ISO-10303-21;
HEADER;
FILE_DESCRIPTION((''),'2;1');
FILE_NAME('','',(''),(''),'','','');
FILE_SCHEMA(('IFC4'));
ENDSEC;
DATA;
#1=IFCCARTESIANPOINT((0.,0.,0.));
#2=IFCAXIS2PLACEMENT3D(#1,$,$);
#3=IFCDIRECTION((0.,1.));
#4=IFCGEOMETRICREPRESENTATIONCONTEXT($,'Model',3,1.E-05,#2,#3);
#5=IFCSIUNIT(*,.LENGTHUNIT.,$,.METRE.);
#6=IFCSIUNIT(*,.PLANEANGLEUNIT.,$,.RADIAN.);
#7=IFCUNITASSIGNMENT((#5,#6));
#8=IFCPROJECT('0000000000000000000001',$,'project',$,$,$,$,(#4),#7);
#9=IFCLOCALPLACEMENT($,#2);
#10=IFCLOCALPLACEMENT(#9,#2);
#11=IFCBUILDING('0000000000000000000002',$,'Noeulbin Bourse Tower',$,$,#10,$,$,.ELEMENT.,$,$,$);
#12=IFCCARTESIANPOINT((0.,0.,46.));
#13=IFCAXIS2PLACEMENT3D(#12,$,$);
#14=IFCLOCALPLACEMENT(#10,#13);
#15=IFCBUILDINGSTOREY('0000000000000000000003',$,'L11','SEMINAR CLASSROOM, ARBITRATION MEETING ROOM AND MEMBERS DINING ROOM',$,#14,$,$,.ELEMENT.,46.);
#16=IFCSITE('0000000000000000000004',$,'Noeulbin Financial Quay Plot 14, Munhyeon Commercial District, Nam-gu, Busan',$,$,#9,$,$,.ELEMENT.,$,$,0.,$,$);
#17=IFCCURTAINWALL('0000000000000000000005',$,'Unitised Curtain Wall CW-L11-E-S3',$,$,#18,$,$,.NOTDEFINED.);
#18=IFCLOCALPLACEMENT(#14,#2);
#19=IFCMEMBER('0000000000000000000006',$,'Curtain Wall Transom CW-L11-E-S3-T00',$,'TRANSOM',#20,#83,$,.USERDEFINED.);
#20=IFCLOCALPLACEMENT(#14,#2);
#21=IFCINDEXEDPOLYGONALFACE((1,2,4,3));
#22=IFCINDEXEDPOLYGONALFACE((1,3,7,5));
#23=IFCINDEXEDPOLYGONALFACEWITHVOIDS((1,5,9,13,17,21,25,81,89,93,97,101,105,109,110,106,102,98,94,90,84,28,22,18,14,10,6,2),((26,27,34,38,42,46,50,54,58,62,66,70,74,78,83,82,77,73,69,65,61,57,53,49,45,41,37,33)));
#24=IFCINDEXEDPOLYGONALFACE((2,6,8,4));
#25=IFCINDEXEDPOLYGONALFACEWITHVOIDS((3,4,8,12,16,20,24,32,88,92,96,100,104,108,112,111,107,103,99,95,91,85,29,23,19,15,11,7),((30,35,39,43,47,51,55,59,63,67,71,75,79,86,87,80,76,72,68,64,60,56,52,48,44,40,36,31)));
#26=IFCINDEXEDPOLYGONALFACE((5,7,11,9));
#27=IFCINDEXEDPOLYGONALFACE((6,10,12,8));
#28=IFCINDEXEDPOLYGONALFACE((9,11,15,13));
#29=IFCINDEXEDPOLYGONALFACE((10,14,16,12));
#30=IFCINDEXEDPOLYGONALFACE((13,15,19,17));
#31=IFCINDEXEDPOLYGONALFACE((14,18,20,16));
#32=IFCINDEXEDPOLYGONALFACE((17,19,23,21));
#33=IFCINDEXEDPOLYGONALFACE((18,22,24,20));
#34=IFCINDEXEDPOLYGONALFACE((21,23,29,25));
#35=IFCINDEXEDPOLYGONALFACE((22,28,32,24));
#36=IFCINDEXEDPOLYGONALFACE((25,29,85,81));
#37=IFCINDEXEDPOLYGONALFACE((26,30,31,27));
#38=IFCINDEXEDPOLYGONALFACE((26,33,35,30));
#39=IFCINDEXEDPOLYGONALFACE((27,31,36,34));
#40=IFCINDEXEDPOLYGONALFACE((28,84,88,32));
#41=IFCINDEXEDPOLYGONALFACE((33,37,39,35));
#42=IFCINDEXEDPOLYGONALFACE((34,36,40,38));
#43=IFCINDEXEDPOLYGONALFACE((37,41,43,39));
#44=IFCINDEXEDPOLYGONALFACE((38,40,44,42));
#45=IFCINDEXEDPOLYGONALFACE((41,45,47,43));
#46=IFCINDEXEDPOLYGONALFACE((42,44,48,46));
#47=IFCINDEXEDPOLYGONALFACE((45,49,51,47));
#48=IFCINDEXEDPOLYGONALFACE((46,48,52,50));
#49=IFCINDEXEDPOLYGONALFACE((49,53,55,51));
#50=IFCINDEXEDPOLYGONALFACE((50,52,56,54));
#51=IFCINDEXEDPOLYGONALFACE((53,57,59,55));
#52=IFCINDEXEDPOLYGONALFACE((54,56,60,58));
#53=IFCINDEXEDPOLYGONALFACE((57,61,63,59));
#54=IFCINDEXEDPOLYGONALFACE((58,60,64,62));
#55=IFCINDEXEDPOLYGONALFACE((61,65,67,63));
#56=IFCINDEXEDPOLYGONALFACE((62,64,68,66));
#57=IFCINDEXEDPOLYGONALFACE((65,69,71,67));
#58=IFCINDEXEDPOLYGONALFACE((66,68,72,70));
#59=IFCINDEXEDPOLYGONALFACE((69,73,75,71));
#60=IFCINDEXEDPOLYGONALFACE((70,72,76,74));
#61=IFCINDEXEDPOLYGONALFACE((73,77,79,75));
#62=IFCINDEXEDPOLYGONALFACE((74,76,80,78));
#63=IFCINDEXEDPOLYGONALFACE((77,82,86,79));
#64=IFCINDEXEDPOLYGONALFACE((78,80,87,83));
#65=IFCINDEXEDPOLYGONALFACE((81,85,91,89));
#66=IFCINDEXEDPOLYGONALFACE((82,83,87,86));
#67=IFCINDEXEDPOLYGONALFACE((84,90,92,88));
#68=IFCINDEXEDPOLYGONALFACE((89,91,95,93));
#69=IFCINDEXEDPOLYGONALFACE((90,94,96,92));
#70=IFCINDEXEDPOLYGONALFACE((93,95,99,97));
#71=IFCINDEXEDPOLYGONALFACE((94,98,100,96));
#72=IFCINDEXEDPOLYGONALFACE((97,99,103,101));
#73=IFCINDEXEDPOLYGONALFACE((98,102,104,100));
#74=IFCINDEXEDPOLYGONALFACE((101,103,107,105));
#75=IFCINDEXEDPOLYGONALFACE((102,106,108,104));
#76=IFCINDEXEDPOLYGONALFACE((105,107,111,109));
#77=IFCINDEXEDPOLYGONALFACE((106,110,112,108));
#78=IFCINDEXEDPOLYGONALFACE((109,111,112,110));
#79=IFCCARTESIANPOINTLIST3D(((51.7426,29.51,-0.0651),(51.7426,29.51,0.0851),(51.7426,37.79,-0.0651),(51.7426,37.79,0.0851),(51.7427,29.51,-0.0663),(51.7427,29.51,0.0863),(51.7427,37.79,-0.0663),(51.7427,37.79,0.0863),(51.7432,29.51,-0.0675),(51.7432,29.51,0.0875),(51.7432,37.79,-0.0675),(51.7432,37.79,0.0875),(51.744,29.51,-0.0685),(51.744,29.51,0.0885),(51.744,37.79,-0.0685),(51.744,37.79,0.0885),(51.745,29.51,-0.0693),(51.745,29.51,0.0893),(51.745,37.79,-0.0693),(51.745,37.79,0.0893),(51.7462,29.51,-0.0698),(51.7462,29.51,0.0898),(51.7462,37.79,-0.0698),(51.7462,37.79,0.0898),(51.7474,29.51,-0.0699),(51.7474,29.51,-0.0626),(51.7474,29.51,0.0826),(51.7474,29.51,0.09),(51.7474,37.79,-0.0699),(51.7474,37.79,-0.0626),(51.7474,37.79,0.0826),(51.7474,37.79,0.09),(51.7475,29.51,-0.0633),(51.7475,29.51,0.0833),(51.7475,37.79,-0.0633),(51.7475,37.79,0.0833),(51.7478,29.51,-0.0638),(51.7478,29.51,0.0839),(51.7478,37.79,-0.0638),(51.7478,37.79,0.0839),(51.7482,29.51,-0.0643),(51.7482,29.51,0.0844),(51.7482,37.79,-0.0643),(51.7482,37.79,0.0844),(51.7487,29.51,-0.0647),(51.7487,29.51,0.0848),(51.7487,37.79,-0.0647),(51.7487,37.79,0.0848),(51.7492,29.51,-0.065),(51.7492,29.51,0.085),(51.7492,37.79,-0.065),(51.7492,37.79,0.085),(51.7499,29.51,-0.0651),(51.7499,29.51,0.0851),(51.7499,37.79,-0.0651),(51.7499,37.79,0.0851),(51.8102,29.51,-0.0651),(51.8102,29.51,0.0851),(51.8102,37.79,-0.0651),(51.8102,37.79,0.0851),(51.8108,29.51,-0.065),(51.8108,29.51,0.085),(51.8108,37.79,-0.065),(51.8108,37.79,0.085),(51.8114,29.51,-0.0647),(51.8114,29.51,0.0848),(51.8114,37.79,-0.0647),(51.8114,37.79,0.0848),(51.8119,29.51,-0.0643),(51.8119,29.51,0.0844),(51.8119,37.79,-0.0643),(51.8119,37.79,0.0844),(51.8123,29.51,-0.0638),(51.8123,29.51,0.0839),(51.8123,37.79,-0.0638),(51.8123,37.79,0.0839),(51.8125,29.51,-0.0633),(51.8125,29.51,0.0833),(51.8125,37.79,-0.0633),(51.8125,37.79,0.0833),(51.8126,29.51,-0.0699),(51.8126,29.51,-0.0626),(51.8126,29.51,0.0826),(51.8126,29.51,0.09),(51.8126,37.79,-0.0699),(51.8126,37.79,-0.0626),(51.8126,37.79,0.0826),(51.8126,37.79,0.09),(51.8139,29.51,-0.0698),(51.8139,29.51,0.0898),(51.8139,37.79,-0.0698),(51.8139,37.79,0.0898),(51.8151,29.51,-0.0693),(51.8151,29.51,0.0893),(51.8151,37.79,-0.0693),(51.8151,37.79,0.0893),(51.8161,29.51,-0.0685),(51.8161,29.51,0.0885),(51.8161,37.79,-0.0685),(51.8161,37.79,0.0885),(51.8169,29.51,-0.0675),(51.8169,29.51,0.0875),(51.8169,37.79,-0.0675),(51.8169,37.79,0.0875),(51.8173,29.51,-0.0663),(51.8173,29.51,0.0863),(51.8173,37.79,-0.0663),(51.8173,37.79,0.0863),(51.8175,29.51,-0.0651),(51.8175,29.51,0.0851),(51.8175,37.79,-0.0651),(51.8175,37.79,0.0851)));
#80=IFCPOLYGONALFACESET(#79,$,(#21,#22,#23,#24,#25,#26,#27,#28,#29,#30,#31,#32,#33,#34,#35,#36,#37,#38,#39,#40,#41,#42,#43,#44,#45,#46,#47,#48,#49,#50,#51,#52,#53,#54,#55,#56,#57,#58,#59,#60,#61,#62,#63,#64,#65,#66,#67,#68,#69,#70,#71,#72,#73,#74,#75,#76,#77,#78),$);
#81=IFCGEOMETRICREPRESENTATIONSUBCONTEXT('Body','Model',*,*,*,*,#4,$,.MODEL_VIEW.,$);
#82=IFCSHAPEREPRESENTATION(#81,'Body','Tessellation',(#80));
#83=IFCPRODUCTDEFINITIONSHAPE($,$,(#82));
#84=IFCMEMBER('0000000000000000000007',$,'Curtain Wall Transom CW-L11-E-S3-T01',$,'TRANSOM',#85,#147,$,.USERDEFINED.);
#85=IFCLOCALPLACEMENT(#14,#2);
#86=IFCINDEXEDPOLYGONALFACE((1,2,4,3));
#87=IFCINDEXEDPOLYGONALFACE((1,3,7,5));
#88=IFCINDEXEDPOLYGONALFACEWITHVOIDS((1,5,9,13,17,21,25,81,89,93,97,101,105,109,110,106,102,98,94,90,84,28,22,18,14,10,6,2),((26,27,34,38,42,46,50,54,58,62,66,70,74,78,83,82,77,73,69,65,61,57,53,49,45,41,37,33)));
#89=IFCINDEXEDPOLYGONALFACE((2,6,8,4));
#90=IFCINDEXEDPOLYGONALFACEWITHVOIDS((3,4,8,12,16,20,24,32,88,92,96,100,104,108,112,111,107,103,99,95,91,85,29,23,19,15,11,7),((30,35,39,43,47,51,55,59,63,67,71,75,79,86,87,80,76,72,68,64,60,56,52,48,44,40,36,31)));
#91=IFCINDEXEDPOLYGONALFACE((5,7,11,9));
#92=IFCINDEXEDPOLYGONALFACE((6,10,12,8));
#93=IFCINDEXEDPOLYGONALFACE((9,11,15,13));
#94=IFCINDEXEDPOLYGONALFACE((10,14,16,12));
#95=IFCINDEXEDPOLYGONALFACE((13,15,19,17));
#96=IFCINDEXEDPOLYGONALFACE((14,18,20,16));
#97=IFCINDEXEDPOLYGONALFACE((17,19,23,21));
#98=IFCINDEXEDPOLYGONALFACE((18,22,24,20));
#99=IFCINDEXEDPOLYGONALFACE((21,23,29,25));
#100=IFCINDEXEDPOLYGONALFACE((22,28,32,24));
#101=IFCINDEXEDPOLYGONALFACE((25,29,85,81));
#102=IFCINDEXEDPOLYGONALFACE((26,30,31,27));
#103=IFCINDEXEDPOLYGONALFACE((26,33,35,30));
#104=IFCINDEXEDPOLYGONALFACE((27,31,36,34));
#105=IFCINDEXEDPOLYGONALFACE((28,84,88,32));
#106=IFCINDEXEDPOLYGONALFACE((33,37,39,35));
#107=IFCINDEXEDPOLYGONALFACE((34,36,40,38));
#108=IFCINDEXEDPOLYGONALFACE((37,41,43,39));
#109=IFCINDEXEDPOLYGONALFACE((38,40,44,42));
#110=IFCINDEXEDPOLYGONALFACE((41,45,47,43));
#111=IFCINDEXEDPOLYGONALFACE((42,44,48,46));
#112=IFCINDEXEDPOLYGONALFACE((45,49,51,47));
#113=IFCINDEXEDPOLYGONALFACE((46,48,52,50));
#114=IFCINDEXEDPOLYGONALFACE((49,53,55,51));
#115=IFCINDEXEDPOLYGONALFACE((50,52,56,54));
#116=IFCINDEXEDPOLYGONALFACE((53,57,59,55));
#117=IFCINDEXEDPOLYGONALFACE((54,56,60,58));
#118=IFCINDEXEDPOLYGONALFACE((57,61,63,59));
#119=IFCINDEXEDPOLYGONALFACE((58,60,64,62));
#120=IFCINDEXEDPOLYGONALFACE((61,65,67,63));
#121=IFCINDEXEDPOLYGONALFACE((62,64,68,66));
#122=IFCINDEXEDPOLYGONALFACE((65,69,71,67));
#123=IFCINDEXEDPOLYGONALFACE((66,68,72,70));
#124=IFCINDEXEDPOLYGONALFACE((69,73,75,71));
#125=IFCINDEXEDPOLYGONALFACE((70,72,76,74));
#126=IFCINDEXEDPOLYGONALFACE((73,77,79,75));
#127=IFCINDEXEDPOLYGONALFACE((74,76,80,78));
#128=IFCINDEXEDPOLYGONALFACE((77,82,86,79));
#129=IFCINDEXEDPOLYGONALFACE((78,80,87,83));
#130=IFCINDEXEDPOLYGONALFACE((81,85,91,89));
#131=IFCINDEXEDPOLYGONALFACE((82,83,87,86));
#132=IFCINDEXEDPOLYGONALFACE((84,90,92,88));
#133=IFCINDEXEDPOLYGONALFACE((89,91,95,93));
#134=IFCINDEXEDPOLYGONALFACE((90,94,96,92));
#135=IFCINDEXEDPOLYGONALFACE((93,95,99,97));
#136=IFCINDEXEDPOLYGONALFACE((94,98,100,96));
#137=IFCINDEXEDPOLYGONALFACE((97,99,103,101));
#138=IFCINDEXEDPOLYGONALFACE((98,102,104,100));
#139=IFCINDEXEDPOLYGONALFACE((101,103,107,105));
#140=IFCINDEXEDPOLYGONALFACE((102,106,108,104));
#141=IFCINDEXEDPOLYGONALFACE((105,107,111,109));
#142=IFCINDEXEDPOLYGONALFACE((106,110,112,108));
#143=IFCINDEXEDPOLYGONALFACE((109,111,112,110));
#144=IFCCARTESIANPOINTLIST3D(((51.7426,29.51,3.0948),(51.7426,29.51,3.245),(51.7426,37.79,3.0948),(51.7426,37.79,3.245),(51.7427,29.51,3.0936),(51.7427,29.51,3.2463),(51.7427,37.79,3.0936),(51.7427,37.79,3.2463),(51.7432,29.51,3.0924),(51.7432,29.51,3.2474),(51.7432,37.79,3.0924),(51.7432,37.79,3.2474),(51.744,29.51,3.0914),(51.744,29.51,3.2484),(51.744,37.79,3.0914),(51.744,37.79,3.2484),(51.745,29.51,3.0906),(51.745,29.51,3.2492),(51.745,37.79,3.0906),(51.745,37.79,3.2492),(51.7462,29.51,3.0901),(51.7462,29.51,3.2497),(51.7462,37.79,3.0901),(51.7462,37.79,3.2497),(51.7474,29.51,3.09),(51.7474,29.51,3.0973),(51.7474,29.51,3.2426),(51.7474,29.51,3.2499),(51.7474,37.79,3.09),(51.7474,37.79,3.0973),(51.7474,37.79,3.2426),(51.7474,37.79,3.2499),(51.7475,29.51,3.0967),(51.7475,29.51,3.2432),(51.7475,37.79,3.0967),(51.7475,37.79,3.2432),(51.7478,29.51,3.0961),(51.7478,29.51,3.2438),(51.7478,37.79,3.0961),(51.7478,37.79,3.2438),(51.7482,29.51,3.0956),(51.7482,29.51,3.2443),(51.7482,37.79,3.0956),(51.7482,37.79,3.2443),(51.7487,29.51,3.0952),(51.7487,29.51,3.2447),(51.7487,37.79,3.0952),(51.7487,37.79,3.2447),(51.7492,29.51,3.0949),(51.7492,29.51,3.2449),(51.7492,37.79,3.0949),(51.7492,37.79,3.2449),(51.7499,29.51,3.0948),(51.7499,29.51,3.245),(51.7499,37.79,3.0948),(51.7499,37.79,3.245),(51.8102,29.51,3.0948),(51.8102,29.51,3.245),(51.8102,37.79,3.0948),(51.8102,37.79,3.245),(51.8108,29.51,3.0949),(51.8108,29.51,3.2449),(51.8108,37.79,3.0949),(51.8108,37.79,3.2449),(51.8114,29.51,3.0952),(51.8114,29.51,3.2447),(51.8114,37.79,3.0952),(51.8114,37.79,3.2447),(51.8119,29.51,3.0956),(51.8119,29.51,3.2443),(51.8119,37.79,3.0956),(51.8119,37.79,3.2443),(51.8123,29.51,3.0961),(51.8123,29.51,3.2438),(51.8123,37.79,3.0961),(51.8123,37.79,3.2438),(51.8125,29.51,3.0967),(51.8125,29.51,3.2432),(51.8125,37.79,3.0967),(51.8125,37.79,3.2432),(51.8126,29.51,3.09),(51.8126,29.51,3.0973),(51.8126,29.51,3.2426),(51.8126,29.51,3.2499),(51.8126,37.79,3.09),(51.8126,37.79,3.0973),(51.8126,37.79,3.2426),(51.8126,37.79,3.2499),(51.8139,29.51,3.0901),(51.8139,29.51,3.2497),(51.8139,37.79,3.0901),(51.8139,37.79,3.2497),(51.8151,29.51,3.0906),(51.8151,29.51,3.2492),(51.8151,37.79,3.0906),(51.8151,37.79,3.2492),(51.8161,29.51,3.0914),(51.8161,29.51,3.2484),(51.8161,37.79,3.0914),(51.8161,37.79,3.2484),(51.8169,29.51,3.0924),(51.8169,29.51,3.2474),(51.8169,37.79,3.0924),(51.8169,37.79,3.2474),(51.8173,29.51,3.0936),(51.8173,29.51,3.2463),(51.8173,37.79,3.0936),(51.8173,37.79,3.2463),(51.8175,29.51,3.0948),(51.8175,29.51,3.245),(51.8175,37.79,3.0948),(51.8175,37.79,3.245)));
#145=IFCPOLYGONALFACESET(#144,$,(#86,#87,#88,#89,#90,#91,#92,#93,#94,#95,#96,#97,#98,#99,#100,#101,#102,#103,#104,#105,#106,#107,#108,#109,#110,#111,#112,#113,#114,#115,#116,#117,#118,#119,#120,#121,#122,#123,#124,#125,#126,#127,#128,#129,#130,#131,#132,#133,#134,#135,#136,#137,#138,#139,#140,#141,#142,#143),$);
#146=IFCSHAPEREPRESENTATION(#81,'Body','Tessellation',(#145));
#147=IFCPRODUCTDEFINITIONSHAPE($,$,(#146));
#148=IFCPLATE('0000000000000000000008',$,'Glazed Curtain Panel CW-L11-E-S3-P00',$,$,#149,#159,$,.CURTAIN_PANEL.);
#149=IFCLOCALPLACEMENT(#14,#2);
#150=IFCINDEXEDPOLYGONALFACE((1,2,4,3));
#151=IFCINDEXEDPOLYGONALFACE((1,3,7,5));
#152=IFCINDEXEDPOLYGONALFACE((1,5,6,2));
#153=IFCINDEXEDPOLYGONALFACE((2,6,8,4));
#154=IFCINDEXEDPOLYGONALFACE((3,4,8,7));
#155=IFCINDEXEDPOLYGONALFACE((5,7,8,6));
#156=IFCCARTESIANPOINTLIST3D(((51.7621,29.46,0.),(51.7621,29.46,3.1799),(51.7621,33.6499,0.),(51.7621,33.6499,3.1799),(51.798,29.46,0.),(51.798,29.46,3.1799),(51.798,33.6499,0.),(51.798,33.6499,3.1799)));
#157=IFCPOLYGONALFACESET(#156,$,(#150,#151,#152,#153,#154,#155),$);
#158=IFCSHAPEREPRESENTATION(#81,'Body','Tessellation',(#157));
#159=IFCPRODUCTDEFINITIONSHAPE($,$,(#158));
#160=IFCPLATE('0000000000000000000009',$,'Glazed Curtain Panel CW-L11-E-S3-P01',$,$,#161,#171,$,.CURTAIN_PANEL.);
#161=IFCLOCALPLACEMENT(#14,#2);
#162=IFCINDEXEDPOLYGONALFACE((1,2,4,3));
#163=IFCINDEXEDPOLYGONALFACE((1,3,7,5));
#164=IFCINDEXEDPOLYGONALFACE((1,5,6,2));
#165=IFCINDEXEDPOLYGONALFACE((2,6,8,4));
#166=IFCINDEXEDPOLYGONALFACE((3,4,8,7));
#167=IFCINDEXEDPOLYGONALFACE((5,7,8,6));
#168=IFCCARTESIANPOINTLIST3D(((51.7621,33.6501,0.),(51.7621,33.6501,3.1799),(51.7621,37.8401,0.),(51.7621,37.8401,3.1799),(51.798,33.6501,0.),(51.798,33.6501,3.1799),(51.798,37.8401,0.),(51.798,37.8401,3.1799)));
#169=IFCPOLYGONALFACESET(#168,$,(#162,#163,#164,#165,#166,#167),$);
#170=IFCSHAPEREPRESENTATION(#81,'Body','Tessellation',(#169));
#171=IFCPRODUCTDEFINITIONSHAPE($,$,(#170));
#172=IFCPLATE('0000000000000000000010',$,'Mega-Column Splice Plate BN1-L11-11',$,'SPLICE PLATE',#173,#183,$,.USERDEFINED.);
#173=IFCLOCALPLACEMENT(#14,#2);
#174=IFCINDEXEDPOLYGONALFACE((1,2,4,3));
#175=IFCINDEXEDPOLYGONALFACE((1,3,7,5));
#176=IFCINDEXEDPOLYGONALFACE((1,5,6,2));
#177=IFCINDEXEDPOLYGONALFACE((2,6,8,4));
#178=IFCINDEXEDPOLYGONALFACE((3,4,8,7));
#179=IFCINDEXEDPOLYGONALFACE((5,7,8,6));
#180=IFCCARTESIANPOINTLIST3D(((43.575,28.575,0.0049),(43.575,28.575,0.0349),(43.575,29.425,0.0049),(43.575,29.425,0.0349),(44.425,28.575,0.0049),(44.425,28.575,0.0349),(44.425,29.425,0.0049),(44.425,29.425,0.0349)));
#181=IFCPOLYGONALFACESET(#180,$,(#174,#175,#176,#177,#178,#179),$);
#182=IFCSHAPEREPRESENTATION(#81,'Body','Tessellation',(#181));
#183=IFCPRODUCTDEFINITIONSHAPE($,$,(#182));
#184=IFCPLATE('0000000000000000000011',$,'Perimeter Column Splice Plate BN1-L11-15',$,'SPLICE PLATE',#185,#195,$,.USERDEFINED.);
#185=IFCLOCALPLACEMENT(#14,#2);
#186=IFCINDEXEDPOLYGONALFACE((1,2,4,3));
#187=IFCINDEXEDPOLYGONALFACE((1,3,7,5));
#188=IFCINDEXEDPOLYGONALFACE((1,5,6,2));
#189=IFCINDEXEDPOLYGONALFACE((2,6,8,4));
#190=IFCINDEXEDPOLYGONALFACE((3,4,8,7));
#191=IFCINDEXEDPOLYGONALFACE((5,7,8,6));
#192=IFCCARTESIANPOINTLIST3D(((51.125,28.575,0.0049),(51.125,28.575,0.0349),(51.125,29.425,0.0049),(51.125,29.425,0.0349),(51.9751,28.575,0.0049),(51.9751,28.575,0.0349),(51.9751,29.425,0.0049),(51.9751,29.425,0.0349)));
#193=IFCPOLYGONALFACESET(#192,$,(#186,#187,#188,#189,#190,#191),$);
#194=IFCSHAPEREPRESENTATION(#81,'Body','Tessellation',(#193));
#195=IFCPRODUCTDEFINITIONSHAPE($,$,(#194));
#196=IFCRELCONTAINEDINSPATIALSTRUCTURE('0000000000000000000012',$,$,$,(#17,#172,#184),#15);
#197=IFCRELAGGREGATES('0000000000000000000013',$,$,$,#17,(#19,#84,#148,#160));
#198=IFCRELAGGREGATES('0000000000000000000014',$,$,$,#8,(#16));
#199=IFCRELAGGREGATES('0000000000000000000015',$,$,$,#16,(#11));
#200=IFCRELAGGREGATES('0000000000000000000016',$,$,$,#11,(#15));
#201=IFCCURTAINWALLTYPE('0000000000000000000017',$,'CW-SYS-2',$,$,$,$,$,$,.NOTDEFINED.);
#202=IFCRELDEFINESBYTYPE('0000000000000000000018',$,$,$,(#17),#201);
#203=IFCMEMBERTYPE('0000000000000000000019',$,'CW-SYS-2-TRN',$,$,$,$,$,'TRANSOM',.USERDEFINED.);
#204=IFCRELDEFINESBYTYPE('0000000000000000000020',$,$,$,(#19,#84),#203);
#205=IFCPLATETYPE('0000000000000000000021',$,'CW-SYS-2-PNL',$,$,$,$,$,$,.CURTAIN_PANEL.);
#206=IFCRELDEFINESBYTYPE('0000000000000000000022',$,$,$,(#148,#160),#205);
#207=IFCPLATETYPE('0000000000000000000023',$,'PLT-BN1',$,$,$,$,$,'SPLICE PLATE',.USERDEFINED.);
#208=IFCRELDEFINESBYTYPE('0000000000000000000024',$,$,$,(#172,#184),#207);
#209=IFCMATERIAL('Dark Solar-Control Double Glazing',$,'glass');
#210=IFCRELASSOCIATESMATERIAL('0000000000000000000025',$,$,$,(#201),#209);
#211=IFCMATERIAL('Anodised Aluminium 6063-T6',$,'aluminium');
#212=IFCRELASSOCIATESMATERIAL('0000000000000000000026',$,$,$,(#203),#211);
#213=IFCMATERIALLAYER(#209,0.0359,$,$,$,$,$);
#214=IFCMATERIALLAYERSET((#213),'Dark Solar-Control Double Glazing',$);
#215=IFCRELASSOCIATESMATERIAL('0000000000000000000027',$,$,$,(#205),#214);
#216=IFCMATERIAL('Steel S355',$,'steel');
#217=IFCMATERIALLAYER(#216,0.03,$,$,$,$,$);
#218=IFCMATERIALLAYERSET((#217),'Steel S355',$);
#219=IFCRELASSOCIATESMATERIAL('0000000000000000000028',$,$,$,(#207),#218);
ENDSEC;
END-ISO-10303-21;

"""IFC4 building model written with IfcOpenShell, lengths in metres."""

from ifc_helpers import new_model, si_unit, direction, frame, origin, origin_2d, place, context, subcontext, project, spatial, rectangle, hollow_rectangle, extrude, material, layer, layer_set, material_profile, profile_set, type_object, element, aggregate, save


model = new_model("IFC4")

# Units and contexts
model_context = context("Model", 3, precision=1e-05, world=origin(), true_north=direction((0.0, 1.0)))
body_context = subcontext(model_context, "Body", "Model", "MODEL_VIEW")
ifc_project = project(units=[si_unit("LENGTHUNIT", "METRE"), si_unit("PLANEANGLEUNIT", "RADIAN")], contexts=[model_context])

# Site, building, storey
site_placement = place(None, origin())
site = spatial("IfcSite", under=ifc_project, at=site_placement, Name="Noeulbin Financial Quay Plot 14, Munhyeon Commercial District, Nam-gu, Busan", CompositionType="ELEMENT", RefElevation=0.0)
building_placement = place(site_placement, origin())
building = spatial("IfcBuilding", under=site, at=building_placement, Name="Noeulbin Bourse Tower", CompositionType="ELEMENT")
storey_placement = place(building_placement, frame((0.0, 0.0, 46.0)))
storey = spatial("IfcBuildingStorey", under=building, at=storey_placement, Name="L11", Description="SEMINAR CLASSROOM, ARBITRATION MEETING ROOM AND MEMBERS DINING ROOM", CompositionType="ELEMENT", Elevation=46.0)

# Shared definitions
ifc_material_1 = material(Name="Steel S355", Category="steel")

# Curtain wall, members, plates
ifc_material_2 = material(Name="Dark Solar-Control Double Glazing", Category="glass")
curtain_wall_type = type_object("IfcCurtainWallType", Name="CW-SYS-2", PredefinedType="NOTDEFINED", material=ifc_material_2)
curtain_wall_placement = place(storey_placement, origin())
curtain_wall = element("IfcCurtainWall", 1, at=curtain_wall_placement, inside=storey, type_object=curtain_wall_type, Name="Unitised Curtain Wall CW-L11-E-S3", PredefinedType="NOTDEFINED")
ifc_material_3 = material(Name="Anodised Aluminium 6063-T6", Category="aluminium")
ifc_material_profile_1 = material_profile(ifc_material_3, hollow_rectangle(XDim=0.075, YDim=0.1599, WallThickness=0.0049, InnerFilletRadius=0.0024, OuterFilletRadius=0.0049, at=origin_2d()), Name="ALU-TRAN-75x160x5", Category="LoadBearing")
ifc_profile_set_1 = profile_set([ifc_material_profile_1], Name="Anodised Aluminium 6063-T6")
member_type_1 = type_object("IfcMemberType", Name="CW-SYS-2-TRN", ElementType="TRANSOM", PredefinedType="USERDEFINED", material=ifc_profile_set_1)
member_1_placement = place(storey_placement, frame((51.78, 29.51, 0.01), z_axis=(0.0, 1.0, 0.0), x_axis=(-1.0, 0.0, 0.0)))
member_1 = element("IfcMember", 2, at=member_1_placement, type_object=member_type_1, Name="Curtain Wall Transom CW-L11-E-S3-T00", ObjectType="TRANSOM", PredefinedType="USERDEFINED", context=body_context, shape_type="SweptSolid", body=[
    extrude(hollow_rectangle(XDim=0.075, YDim=0.1599, WallThickness=0.0049, InnerFilletRadius=0.0024, OuterFilletRadius=0.0049, at=origin_2d()), origin(), (0.0, 0.0, 1.0), 8.28),
])
member_2_placement = place(storey_placement, frame((51.78, 29.51, 3.1699), z_axis=(0.0, 1.0, 0.0), x_axis=(-1.0, 0.0, 0.0)))
member_2 = element("IfcMember", 3, at=member_2_placement, type_object=member_type_1, Name="Curtain Wall Transom CW-L11-E-S3-T01", ObjectType="TRANSOM", PredefinedType="USERDEFINED", context=body_context, shape_type="SweptSolid", body=[
    extrude(hollow_rectangle(XDim=0.075, YDim=0.1599, WallThickness=0.0049, InnerFilletRadius=0.0024, OuterFilletRadius=0.0049, at=origin_2d()), origin(), (0.0, 0.0, 1.0), 8.28),
])
ifc_layer_1 = layer(ifc_material_2, 0.0359)
ifc_layer_set_1 = layer_set([ifc_layer_1], Name="Dark Solar-Control Double Glazing")
plate_type_1 = type_object("IfcPlateType", Name="CW-SYS-2-PNL", PredefinedType="CURTAIN_PANEL", material=ifc_layer_set_1)
plate_1_placement = place(storey_placement, frame((51.78, 31.5549, 0.0), z_axis=(0.0, 0.0, 1.0), x_axis=(0.0, 1.0, 0.0)))
plate_1 = element("IfcPlate", 4, at=plate_1_placement, type_object=plate_type_1, Name="Glazed Curtain Panel CW-L11-E-S3-P00", PredefinedType="CURTAIN_PANEL", context=body_context, shape_type="SweptSolid", body=[
    extrude(rectangle(XDim=4.1899, YDim=0.0359, at=origin_2d()), origin(), (0.0, 0.0, 1.0), 3.1799),
])
plate_2_placement = place(storey_placement, frame((51.78, 35.7451, 0.0), z_axis=(0.0, 0.0, 1.0), x_axis=(0.0, 1.0, 0.0)))
plate_2 = element("IfcPlate", 5, at=plate_2_placement, type_object=plate_type_1, Name="Glazed Curtain Panel CW-L11-E-S3-P01", PredefinedType="CURTAIN_PANEL", context=body_context, shape_type="SweptSolid", body=[
    extrude(rectangle(XDim=4.1899, YDim=0.0359, at=origin_2d()), origin(), (0.0, 0.0, 1.0), 3.1799),
])
aggregate(curtain_wall, [member_1, member_2, plate_1, plate_2])

# Plates
ifc_layer_2 = layer(ifc_material_1, 0.03)
ifc_layer_set_2 = layer_set([ifc_layer_2], Name="Steel S355")
plate_type_2 = type_object("IfcPlateType", Name="PLT-BN1", ElementType="SPLICE PLATE", PredefinedType="USERDEFINED", material=ifc_layer_set_2)
for number, where, z_axis, x_axis, name in (
    (6, (44.0, 29.0, 0.0049), (0.0, 0.0, 1.0), (1.0, 0.0, 0.0), "Mega-Column Splice Plate BN1-L11-11"),
    (7, (51.55, 29.0, 0.0049), (0.0, 0.0, 1.0), (1.0, 0.0, 0.0), "Perimeter Column Splice Plate BN1-L11-15"),
):
    element("IfcPlate", number, at=place(storey_placement, frame(where, z_axis=z_axis, x_axis=x_axis)), inside=storey, type_object=plate_type_2, Name=name, ObjectType="SPLICE PLATE", PredefinedType="USERDEFINED", context=body_context, shape_type="SweptSolid", body=[
        extrude(rectangle(XDim=0.8501, YDim=0.8501, at=origin_2d()), origin(), (0.0, 0.0, 1.0), 0.03),
    ])

save(model, "model.ifc")
